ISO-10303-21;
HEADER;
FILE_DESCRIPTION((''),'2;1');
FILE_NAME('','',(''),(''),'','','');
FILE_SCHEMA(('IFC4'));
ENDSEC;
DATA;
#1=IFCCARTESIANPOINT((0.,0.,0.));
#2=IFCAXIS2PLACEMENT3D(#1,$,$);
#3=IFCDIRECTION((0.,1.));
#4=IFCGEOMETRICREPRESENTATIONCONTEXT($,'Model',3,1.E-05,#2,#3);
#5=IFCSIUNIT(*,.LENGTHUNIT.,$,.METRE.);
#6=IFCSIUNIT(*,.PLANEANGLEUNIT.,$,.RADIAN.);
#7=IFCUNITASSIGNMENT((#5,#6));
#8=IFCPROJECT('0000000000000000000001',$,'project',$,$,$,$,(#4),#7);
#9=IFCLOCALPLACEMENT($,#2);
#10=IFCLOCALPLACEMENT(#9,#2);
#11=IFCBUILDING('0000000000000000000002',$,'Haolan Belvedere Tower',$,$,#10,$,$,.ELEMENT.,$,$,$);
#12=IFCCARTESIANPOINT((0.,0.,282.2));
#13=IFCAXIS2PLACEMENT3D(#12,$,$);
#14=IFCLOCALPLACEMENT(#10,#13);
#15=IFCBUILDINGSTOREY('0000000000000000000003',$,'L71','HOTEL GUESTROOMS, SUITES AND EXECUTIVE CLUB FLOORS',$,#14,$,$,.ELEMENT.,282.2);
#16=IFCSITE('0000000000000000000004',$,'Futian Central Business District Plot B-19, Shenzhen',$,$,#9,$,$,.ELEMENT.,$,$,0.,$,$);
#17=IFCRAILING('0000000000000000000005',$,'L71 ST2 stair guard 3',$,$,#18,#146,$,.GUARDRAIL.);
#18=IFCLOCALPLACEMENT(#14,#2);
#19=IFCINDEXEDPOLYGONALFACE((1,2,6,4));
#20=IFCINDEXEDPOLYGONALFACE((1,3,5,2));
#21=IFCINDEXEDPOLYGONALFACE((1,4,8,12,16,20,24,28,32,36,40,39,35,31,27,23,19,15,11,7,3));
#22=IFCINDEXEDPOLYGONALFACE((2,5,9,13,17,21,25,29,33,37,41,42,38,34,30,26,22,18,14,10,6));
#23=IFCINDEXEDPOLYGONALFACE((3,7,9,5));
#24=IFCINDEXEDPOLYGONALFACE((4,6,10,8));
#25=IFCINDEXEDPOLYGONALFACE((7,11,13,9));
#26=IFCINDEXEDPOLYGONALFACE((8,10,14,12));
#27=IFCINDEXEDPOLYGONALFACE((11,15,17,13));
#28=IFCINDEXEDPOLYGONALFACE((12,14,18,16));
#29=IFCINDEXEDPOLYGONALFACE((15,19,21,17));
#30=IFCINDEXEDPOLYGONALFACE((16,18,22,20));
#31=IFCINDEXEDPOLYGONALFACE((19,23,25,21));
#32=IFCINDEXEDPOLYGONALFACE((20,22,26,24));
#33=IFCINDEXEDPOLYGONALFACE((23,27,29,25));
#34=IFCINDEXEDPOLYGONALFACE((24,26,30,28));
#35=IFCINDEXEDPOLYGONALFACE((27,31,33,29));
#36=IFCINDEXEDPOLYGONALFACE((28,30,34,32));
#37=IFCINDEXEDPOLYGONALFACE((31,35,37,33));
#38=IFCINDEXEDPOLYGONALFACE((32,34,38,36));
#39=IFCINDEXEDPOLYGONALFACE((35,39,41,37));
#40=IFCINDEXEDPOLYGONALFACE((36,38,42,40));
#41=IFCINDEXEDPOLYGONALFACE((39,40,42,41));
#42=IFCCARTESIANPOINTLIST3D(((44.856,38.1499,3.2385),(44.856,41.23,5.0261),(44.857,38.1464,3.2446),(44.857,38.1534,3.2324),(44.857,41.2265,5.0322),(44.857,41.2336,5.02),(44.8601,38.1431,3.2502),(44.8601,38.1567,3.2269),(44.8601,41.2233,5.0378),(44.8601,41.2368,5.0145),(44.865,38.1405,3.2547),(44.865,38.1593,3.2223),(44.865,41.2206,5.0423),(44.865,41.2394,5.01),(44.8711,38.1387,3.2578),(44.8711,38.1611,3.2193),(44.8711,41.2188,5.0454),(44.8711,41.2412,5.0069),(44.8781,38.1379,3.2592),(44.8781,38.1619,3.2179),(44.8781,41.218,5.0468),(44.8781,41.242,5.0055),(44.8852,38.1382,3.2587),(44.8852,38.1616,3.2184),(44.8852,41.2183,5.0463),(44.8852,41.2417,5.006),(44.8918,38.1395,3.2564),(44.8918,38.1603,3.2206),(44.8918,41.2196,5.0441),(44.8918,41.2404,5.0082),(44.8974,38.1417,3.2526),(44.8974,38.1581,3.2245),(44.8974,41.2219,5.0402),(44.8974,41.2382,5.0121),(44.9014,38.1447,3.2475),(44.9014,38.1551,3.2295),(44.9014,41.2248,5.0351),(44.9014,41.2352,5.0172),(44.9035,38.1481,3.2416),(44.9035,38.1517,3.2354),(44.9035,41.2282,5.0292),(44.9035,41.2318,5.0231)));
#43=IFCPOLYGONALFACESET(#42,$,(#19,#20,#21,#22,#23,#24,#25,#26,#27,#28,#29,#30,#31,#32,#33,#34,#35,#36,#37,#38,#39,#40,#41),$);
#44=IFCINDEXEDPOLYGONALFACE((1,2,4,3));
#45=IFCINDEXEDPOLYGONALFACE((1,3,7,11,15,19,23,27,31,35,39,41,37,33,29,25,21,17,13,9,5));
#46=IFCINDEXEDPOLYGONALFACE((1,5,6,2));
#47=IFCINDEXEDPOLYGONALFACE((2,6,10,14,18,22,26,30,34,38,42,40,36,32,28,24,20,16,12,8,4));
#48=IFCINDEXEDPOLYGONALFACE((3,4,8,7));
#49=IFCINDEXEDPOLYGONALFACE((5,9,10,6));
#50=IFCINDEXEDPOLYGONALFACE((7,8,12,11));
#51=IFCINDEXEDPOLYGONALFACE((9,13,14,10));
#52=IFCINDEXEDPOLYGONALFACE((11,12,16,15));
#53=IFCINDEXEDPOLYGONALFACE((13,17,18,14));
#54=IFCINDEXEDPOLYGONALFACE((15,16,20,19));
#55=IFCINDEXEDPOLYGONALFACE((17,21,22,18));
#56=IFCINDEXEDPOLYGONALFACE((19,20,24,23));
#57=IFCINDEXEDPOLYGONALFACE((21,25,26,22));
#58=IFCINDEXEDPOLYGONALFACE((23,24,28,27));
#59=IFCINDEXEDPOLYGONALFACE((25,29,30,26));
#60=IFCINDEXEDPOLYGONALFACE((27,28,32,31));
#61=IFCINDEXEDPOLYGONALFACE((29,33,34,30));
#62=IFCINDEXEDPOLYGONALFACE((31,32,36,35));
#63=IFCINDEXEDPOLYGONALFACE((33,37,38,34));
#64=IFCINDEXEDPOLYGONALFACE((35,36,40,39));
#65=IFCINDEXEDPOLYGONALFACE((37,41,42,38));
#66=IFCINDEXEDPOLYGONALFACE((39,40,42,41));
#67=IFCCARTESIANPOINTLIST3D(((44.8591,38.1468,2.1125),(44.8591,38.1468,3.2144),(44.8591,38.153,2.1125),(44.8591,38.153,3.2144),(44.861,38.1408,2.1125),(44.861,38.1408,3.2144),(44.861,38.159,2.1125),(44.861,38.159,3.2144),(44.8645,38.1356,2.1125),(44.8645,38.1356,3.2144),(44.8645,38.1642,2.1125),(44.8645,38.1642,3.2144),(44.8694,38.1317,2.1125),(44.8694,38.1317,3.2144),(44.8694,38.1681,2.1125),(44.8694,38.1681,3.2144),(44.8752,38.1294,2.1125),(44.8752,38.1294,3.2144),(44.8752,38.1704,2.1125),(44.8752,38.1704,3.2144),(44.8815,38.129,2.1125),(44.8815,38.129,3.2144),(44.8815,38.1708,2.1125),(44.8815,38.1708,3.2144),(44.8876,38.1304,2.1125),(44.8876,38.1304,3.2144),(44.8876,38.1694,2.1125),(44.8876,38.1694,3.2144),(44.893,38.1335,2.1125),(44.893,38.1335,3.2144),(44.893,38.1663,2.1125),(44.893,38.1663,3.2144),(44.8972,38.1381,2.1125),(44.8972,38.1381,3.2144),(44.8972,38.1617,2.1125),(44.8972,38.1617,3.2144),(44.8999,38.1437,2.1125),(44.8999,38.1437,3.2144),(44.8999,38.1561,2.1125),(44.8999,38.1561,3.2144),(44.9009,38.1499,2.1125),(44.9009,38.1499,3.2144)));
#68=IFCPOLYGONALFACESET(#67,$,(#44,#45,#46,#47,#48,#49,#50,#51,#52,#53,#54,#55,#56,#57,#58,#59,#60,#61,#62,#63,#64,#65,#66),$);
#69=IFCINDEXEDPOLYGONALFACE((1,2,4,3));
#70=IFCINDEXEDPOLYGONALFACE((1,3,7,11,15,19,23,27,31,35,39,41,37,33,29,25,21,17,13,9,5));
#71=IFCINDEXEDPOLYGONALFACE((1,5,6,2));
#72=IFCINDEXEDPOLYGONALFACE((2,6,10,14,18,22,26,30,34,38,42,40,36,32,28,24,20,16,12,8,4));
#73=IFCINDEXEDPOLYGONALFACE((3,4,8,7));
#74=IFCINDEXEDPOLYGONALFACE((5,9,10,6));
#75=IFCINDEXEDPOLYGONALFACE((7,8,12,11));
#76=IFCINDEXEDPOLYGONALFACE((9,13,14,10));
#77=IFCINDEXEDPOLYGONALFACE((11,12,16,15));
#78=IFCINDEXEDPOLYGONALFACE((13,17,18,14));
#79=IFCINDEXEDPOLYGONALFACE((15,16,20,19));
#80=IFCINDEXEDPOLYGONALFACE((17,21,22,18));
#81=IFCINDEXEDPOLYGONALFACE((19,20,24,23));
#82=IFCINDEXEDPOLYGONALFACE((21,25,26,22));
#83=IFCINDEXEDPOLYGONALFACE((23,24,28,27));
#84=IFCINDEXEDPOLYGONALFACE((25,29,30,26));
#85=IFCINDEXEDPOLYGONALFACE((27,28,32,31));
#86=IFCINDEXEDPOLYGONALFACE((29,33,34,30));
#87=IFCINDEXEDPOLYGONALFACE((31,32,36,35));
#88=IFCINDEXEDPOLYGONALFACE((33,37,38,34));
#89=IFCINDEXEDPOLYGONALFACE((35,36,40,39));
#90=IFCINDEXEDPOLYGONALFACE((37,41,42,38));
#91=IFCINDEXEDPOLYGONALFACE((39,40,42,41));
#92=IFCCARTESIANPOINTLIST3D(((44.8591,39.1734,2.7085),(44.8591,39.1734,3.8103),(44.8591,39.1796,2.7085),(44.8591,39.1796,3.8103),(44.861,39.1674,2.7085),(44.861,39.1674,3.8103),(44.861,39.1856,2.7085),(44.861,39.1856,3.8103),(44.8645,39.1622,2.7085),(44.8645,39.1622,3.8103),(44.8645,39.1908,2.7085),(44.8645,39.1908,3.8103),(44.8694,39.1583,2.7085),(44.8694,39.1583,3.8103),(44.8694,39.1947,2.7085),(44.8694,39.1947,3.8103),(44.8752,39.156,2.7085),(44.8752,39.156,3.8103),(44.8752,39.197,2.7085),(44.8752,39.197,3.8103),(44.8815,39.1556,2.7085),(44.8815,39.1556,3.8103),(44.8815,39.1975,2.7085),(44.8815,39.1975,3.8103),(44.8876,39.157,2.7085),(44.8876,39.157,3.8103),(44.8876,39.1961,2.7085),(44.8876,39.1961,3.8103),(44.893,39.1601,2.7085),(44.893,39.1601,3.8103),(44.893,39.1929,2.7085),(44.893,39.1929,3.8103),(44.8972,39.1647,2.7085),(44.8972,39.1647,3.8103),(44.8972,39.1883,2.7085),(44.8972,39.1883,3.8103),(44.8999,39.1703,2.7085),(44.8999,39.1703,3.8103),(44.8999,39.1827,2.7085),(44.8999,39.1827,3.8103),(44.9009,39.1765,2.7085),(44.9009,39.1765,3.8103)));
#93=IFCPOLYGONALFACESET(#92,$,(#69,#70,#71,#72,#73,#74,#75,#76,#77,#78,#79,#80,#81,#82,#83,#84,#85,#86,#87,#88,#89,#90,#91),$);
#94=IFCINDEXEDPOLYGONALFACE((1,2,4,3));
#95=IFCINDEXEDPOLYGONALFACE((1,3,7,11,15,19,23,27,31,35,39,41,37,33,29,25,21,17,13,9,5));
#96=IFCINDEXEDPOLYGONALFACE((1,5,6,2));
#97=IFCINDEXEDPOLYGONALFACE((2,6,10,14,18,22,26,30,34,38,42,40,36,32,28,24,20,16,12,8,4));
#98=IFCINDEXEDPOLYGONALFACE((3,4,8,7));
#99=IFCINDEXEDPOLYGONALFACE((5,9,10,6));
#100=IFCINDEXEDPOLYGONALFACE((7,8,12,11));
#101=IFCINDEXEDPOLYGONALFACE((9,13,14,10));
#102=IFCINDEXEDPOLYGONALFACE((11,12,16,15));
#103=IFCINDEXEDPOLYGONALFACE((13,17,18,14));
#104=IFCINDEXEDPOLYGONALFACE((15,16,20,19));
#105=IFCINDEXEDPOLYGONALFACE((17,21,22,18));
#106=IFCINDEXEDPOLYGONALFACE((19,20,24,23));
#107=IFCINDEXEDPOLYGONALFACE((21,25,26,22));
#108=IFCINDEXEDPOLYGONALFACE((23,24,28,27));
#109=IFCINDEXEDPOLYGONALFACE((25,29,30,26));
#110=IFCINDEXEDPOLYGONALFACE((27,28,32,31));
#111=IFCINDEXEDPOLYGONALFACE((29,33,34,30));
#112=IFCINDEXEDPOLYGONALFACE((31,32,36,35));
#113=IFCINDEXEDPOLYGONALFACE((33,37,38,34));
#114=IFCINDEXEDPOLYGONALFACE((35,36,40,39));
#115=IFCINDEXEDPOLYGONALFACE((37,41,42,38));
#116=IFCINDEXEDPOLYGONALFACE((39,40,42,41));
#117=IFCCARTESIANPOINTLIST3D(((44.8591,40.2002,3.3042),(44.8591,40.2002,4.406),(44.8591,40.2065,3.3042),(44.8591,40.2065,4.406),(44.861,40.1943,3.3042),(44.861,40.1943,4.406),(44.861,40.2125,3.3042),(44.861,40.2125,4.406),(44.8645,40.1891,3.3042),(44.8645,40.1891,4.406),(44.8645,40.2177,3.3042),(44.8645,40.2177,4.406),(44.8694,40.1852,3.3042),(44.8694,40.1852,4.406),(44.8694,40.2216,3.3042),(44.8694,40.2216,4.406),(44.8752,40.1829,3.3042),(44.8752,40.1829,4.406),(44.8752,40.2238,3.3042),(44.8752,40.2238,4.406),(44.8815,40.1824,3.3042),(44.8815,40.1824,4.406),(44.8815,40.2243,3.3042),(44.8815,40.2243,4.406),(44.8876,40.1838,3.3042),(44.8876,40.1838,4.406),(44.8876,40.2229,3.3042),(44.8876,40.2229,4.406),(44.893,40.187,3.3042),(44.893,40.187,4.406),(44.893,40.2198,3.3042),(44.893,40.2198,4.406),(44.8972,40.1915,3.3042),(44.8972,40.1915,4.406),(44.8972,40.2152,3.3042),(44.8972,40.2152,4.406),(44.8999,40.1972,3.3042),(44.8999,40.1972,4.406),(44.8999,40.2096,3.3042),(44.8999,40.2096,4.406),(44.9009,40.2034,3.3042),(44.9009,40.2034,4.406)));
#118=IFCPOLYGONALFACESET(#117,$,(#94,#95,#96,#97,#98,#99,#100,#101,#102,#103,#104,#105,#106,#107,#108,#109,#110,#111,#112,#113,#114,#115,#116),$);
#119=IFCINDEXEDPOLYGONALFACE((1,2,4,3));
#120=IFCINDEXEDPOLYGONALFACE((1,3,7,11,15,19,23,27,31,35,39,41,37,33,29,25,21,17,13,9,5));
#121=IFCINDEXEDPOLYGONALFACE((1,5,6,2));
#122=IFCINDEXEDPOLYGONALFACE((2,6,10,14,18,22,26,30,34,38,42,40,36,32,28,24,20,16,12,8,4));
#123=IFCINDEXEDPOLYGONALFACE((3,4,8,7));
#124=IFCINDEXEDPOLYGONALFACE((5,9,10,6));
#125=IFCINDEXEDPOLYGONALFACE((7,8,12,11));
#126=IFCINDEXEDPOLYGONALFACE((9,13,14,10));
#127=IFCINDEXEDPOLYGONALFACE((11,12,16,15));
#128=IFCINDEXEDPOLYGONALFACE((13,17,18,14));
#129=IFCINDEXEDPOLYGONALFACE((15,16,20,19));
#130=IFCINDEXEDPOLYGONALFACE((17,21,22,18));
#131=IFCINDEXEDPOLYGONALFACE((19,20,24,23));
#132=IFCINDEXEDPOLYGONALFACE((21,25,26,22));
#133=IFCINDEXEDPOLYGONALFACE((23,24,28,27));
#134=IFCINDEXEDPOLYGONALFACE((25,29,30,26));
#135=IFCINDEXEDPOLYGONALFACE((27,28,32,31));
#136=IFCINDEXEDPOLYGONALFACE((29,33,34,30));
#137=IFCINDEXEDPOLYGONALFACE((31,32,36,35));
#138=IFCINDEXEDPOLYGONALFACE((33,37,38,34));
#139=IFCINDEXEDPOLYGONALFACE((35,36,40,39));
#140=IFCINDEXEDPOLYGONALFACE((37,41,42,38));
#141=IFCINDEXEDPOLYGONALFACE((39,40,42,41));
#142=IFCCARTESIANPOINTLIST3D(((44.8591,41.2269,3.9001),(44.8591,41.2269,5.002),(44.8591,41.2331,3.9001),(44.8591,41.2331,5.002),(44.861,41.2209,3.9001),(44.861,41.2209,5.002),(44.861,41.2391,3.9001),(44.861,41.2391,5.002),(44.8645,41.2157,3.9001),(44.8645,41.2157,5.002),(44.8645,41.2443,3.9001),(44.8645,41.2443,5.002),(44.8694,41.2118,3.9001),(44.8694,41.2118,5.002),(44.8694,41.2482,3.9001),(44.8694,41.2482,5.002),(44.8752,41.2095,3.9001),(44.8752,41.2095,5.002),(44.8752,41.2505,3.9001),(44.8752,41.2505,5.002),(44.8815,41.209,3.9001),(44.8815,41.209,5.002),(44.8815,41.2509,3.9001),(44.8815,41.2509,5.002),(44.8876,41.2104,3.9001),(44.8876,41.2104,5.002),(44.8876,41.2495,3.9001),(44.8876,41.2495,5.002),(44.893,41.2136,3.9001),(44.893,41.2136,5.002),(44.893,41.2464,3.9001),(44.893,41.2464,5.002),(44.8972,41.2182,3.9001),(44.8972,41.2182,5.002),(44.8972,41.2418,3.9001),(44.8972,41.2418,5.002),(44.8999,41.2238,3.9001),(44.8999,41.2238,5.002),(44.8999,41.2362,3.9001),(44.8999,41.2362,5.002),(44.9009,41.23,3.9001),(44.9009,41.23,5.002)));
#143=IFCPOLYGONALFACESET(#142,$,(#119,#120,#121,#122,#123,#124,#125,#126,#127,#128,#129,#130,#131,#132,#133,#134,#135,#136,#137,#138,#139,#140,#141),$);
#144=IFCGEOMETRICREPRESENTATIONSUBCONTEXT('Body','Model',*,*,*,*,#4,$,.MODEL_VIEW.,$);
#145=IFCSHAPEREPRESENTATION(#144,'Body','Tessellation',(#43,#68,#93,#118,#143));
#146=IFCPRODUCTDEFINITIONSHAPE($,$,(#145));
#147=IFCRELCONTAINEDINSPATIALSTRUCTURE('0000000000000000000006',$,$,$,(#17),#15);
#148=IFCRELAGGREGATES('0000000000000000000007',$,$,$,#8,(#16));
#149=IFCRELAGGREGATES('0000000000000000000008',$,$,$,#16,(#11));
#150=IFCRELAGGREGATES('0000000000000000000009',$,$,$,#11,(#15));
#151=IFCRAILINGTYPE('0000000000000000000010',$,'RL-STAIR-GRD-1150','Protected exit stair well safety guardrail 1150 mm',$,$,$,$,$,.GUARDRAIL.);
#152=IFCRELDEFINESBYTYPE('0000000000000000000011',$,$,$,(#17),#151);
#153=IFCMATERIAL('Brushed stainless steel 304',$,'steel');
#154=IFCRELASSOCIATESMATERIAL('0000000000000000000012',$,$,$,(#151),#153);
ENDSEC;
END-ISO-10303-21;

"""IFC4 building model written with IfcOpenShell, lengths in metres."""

from ifc_helpers import new_model, si_unit, direction, frame, origin, origin_2d, place, context, subcontext, project, spatial, circle, extrude, material, type_object, element, save


model = new_model("IFC4")

# Units and contexts
model_context = context("Model", 3, precision=1e-05, world=origin(), true_north=direction((0.0, 1.0)))
body_context = subcontext(model_context, "Body", "Model", "MODEL_VIEW")
ifc_project = project(units=[si_unit("LENGTHUNIT", "METRE"), si_unit("PLANEANGLEUNIT", "RADIAN")], contexts=[model_context])

# Site, building, storey
site_placement = place(None, origin())
site = spatial("IfcSite", under=ifc_project, at=site_placement, Name="Futian Central Business District Plot B-19, Shenzhen", CompositionType="ELEMENT", RefElevation=0.0)
building_placement = place(site_placement, origin())
building = spatial("IfcBuilding", under=site, at=building_placement, Name="Haolan Belvedere Tower", CompositionType="ELEMENT")
storey_placement = place(building_placement, frame((0.0, 0.0, 282.2)))
storey = spatial("IfcBuildingStorey", under=building, at=storey_placement, Name="L71", Description="HOTEL GUESTROOMS, SUITES AND EXECUTIVE CLUB FLOORS", CompositionType="ELEMENT", Elevation=282.2)

# Railing
ifc_material_1 = material(Name="Brushed stainless steel 304", Category="steel")
railing_type_1 = type_object("IfcRailingType", Name="RL-STAIR-GRD-1150", Description="Protected exit stair well safety guardrail 1150 mm", PredefinedType="GUARDRAIL", material=ifc_material_1)
railing_1_placement = place(storey_placement, frame((44.8799, 38.1499, 2.1125)))
element("IfcRailing", 1, at=railing_1_placement, inside=storey, type_object=railing_type_1, Name="L71 ST2 stair guard 3", PredefinedType="GUARDRAIL", context=body_context, shape_type="SweptSolid", body=[
    extrude(circle(Radius=0.0239, at=origin_2d()), frame((0.0, 0.0, 1.126), z_axis=(0.0, 0.864891, 0.50196), x_axis=(-1.0, 0.0, 0.0)), (0.0, 0.0, 1.0), 3.5613),
    extrude(circle(Radius=0.021, at=origin_2d()), origin(), (0.0, 0.0, 1.0), 1.1018),
    extrude(circle(Radius=0.021, at=origin_2d()), frame((0.0, 1.0266, 0.5959)), (0.0, 0.0, 1.0), 1.1018),
    extrude(circle(Radius=0.021, at=origin_2d()), frame((0.0, 2.0535, 1.1917)), (0.0, 0.0, 1.0), 1.1018),
    extrude(circle(Radius=0.021, at=origin_2d()), frame((0.0, 3.0801, 1.7876)), (0.0, 0.0, 1.0), 1.1018),
])

save(model, "model.ifc")
